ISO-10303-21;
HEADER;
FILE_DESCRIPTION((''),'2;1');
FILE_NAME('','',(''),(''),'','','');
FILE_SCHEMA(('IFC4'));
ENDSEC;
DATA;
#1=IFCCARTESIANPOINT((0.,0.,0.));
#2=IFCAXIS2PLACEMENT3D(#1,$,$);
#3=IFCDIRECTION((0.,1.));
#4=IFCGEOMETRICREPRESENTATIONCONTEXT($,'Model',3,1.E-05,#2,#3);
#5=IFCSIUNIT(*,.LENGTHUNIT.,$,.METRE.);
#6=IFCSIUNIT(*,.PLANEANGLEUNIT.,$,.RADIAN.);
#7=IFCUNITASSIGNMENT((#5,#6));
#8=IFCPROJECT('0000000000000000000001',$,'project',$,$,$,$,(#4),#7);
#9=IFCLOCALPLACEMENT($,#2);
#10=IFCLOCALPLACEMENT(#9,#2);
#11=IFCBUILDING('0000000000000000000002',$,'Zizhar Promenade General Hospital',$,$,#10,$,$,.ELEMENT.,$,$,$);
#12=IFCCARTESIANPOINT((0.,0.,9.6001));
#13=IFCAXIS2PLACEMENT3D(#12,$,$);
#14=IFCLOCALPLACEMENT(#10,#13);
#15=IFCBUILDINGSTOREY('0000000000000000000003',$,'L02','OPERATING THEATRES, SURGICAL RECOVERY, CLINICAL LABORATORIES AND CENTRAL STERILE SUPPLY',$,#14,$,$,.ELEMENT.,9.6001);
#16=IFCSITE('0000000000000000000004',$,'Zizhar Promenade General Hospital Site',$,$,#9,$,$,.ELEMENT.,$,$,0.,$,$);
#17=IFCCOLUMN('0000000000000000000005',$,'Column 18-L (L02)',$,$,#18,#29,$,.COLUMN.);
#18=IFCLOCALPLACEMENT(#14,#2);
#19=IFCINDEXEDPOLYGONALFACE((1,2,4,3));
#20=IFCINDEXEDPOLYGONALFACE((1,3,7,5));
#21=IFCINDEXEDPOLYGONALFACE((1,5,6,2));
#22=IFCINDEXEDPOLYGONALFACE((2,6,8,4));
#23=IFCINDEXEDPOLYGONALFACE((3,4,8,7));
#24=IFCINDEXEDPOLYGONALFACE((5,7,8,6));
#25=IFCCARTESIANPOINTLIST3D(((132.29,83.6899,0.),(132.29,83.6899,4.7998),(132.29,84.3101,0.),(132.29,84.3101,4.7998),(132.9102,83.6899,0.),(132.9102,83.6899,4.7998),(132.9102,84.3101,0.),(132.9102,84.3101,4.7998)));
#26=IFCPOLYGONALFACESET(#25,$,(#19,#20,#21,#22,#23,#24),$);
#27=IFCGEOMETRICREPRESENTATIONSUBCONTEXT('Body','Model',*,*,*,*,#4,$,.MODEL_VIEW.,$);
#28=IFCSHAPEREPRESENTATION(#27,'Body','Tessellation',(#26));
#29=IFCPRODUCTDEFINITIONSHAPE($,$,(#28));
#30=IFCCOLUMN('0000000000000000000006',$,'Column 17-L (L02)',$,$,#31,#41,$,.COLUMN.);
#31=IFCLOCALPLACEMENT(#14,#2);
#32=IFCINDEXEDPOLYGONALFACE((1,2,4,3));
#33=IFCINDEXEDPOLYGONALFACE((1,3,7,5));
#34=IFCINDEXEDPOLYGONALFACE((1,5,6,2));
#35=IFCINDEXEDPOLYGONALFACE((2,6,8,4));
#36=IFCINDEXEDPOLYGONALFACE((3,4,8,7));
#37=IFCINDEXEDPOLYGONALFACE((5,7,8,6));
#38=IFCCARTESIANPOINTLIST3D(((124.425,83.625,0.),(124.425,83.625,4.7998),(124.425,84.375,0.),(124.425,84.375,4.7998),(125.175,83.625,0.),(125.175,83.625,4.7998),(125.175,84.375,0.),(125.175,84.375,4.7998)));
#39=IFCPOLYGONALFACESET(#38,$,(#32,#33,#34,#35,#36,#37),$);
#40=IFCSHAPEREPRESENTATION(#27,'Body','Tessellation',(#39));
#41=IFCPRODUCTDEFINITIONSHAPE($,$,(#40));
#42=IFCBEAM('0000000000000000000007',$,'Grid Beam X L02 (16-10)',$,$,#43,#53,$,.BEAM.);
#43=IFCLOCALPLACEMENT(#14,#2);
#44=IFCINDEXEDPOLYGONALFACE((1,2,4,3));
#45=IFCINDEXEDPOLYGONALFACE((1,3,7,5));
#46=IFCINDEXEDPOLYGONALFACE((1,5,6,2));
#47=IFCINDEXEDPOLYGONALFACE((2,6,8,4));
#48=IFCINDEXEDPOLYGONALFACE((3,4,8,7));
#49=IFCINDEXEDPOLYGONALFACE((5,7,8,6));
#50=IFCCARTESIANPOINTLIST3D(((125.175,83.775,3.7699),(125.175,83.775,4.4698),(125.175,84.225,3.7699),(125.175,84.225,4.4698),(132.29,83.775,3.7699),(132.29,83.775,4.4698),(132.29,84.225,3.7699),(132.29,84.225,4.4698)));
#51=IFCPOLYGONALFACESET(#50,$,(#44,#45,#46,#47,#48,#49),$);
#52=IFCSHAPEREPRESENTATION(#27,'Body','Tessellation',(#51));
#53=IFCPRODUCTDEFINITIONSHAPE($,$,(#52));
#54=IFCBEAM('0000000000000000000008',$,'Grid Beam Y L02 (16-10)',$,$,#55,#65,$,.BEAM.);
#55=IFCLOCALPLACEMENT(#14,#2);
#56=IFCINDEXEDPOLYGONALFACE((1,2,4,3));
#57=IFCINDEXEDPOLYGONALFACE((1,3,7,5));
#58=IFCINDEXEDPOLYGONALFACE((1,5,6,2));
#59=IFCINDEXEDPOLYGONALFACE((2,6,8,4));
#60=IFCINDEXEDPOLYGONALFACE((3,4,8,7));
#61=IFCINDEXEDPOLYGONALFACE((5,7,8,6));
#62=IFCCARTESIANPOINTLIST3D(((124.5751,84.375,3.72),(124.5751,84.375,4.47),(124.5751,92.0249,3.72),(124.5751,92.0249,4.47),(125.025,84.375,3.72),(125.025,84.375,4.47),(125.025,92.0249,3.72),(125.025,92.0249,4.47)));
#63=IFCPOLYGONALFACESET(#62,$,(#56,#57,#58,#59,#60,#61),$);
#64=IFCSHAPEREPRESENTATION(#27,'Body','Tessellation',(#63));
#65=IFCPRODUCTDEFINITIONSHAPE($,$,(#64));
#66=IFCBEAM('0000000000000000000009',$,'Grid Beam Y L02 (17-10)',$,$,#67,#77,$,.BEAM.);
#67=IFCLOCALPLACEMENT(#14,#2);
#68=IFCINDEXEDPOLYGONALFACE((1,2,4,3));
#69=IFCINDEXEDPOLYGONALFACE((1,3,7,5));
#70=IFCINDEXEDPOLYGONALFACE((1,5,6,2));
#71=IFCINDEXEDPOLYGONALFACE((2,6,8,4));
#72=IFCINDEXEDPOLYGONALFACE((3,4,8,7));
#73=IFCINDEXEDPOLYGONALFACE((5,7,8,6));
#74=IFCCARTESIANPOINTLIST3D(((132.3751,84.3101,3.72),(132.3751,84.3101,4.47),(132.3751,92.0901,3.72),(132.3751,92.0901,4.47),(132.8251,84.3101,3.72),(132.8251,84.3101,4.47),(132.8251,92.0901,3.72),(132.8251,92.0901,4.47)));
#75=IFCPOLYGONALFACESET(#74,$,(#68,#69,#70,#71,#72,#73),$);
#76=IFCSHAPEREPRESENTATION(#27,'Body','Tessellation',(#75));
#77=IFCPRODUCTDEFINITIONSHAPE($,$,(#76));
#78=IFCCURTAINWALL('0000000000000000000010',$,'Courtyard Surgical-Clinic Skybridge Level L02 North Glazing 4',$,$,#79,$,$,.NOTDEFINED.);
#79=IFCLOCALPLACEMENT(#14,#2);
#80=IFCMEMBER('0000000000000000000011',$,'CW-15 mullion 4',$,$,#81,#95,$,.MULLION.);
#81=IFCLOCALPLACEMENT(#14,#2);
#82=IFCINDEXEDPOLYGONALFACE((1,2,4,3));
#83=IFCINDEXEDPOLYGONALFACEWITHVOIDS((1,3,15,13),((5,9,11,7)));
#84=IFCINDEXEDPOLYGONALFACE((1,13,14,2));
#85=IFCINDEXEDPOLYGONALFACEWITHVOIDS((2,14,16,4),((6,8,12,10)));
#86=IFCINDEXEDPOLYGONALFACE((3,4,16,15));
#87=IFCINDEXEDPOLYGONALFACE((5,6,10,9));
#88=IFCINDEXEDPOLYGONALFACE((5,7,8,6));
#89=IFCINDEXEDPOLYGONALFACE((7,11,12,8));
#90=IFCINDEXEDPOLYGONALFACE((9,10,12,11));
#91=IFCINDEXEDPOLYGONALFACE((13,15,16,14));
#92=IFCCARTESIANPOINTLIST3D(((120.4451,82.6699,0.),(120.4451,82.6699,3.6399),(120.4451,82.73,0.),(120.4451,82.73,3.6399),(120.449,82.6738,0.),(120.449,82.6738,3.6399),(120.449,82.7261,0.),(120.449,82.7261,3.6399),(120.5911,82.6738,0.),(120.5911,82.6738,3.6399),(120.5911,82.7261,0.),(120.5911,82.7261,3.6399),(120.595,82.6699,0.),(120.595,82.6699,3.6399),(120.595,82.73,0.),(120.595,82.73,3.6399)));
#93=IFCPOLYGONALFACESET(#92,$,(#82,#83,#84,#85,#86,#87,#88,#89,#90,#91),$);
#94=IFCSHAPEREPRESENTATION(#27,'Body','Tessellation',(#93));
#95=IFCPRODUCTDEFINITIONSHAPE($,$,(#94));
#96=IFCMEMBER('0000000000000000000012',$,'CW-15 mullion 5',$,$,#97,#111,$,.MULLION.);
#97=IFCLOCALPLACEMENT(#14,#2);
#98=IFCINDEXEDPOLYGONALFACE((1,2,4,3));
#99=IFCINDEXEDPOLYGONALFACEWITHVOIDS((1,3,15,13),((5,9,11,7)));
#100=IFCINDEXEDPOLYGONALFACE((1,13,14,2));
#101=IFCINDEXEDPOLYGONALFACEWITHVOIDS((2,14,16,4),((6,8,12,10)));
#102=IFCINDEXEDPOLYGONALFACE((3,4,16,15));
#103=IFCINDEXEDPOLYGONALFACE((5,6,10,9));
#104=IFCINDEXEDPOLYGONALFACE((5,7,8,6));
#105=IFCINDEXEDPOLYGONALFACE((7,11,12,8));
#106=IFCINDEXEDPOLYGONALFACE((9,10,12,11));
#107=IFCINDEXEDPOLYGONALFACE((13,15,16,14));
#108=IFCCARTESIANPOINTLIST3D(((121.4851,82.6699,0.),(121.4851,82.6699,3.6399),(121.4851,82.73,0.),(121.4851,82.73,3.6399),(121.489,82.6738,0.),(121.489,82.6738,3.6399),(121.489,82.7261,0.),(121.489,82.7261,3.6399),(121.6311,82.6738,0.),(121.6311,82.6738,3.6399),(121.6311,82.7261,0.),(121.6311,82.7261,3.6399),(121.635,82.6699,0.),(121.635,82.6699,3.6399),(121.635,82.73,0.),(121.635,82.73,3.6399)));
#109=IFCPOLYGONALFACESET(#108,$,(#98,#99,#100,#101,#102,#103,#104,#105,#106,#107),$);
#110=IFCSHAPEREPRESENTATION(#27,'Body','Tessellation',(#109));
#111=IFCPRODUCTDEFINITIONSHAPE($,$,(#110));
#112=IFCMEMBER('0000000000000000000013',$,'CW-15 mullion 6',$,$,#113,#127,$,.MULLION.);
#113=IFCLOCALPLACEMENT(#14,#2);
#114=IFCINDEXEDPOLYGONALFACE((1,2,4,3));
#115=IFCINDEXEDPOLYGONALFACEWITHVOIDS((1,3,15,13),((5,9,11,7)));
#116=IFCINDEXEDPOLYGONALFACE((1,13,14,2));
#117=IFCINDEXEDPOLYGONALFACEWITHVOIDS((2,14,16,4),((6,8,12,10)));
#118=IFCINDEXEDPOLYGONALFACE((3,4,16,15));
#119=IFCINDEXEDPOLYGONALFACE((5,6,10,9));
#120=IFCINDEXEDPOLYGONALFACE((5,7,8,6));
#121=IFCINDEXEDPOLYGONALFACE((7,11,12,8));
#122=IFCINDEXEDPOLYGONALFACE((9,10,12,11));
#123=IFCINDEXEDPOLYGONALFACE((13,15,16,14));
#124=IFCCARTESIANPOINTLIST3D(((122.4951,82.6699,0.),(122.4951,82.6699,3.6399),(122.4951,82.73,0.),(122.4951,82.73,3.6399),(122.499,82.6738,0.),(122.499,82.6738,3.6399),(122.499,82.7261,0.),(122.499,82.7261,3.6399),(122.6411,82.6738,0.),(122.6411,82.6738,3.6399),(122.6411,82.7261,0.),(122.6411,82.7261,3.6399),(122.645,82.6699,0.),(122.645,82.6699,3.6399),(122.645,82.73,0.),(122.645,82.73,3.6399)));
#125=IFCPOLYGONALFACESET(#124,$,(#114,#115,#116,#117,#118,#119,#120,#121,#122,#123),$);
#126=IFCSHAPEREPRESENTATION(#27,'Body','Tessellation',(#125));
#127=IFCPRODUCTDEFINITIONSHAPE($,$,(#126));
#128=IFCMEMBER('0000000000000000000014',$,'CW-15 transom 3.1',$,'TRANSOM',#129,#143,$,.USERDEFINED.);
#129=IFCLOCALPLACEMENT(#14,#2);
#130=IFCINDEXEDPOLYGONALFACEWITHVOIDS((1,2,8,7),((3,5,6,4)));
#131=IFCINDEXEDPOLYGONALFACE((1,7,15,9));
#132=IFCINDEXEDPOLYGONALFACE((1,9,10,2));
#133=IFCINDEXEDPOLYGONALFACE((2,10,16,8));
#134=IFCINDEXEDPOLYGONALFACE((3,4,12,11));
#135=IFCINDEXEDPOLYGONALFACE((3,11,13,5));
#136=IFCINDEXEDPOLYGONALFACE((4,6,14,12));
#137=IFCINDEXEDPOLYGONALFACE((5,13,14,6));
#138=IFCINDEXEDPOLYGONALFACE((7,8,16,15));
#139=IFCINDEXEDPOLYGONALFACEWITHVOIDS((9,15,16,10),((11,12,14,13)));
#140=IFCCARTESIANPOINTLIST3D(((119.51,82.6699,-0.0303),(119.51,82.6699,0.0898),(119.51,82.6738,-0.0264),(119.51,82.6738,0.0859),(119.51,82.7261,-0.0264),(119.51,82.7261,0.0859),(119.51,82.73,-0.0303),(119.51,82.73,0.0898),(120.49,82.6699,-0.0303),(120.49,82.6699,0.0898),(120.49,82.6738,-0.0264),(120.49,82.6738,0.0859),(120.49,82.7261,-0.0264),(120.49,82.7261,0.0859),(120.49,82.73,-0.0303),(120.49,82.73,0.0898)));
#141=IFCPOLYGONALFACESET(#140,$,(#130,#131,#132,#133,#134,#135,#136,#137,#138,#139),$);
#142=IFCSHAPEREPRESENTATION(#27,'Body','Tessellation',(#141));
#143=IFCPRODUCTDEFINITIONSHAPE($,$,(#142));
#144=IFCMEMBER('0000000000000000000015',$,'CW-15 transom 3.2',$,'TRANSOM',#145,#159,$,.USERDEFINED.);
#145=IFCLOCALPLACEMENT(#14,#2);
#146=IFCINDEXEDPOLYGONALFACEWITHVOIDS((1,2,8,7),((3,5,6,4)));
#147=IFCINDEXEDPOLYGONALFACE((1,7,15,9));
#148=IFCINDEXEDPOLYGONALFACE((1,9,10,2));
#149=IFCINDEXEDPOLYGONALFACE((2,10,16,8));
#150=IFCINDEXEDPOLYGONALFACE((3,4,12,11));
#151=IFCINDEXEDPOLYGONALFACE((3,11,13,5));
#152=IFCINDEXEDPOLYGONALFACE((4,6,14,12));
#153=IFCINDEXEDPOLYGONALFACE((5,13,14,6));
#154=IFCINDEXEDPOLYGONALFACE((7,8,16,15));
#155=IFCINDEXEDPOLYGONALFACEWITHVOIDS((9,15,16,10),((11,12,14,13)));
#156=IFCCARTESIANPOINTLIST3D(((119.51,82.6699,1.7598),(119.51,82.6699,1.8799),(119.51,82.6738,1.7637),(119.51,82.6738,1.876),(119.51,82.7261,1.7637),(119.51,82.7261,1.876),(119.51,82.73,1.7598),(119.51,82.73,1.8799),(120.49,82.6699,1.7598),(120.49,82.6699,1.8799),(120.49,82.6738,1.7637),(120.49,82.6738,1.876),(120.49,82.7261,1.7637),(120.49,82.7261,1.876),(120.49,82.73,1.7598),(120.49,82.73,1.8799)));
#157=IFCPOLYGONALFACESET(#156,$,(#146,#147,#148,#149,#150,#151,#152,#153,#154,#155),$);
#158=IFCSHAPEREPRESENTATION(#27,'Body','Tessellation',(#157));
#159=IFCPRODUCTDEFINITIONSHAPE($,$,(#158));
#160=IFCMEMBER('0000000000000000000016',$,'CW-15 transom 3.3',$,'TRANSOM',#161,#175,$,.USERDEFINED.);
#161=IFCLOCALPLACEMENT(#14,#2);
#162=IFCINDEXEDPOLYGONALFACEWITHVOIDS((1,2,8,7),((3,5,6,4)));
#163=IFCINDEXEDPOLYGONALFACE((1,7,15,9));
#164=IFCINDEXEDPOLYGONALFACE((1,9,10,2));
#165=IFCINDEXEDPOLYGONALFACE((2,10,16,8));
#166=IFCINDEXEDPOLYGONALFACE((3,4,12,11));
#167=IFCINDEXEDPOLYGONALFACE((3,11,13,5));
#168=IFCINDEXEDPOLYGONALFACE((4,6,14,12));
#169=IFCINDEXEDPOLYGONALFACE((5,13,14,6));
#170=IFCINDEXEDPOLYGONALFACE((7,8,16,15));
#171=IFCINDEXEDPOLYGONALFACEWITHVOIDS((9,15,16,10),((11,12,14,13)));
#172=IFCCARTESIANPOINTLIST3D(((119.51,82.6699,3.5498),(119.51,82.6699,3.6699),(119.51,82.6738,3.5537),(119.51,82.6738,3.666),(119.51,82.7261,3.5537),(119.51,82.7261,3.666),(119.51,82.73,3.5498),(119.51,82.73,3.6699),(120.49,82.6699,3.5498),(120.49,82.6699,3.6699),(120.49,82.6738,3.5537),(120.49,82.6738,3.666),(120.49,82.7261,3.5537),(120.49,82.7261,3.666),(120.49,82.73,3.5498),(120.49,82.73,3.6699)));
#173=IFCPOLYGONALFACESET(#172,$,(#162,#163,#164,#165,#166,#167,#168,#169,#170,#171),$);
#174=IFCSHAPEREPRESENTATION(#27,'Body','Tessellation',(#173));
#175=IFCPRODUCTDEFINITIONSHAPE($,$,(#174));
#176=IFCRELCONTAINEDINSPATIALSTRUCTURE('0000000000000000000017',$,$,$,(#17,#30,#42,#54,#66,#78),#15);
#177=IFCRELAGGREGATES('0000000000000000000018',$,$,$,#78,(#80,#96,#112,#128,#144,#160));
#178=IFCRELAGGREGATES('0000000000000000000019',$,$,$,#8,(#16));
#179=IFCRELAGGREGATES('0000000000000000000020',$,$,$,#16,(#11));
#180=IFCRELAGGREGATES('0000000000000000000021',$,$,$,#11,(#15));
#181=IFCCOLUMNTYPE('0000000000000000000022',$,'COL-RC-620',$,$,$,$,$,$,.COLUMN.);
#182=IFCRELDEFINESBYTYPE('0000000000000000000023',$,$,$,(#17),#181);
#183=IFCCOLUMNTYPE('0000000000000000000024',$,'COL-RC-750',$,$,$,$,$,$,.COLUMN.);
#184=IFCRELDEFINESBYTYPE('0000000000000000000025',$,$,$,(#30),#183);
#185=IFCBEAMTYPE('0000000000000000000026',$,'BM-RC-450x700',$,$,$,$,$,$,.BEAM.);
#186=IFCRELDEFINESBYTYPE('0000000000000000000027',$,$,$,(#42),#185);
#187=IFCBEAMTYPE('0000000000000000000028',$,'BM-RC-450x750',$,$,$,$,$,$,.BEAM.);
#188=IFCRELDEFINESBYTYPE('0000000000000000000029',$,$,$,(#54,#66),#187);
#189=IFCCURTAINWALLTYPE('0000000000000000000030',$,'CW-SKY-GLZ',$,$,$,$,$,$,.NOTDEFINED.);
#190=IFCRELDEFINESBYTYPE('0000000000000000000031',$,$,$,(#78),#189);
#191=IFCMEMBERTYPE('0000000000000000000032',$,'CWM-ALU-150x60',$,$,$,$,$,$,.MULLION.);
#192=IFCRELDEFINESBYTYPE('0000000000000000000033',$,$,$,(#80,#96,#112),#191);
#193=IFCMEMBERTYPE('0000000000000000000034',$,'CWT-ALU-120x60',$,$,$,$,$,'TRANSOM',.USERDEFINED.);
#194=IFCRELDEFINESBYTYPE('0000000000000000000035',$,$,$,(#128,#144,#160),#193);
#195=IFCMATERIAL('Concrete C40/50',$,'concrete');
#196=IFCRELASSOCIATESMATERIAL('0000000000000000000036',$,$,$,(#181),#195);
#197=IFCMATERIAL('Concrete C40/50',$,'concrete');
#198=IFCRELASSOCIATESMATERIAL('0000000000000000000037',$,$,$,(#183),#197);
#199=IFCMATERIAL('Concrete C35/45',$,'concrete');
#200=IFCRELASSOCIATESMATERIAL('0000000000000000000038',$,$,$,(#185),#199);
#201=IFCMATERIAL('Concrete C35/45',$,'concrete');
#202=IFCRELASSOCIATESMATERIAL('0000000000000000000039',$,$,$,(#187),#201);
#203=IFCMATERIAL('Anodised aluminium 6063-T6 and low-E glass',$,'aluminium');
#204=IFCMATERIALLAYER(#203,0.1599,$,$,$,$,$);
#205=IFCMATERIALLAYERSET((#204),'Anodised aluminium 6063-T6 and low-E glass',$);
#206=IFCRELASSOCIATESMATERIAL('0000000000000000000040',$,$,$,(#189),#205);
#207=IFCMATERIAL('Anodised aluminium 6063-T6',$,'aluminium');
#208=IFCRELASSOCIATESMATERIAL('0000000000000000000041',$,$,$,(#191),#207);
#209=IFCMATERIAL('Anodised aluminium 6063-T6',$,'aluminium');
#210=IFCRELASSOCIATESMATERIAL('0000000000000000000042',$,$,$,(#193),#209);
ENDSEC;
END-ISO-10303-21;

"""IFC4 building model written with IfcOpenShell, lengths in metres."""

from ifc_helpers import new_model, si_unit, direction, frame, origin, origin_2d, place, context, subcontext, project, spatial, rectangle, hollow_rectangle, extrude, material, layer, layer_set, material_profile, profile_set, type_object, element, aggregate, save


model = new_model("IFC4")

# Units and contexts
model_context = context("Model", 3, precision=1e-05, world=origin(), true_north=direction((0.0, 1.0)))
body_context = subcontext(model_context, "Body", "Model", "MODEL_VIEW")
ifc_project = project(units=[si_unit("LENGTHUNIT", "METRE"), si_unit("PLANEANGLEUNIT", "RADIAN")], contexts=[model_context])

# Site, building, storey
site_placement = place(None, origin())
site = spatial("IfcSite", under=ifc_project, at=site_placement, Name="Zizhar Promenade General Hospital Site", CompositionType="ELEMENT", RefElevation=0.0)
building_placement = place(site_placement, origin())
building = spatial("IfcBuilding", under=site, at=building_placement, Name="Zizhar Promenade General Hospital", CompositionType="ELEMENT")
storey_placement = place(building_placement, frame((0.0, 0.0, 9.6001)))
storey = spatial("IfcBuildingStorey", under=building, at=storey_placement, Name="L02", Description="OPERATING THEATRES, SURGICAL RECOVERY, CLINICAL LABORATORIES AND CENTRAL STERILE SUPPLY", CompositionType="ELEMENT", Elevation=9.6001)

# Columns
ifc_material_1 = material(Name="Concrete C40/50", Category="concrete")
ifc_material_profile_1 = material_profile(ifc_material_1, rectangle(XDim=0.6201, YDim=0.6201, at=origin_2d()))
ifc_profile_set_1 = profile_set([ifc_material_profile_1], Name="Concrete C40/50")
column_type_1 = type_object("IfcColumnType", Name="COL-RC-620", PredefinedType="COLUMN", material=ifc_profile_set_1)
column_1_placement = place(storey_placement, frame((132.6001, 84.0, 0.0), z_axis=(0.0, 0.0, 1.0), x_axis=(1.0, 0.0, 0.0)))
element("IfcColumn", 1, at=column_1_placement, inside=storey, type_object=column_type_1, Name="Column 18-L (L02)", PredefinedType="COLUMN", context=body_context, shape_type="SweptSolid", body=[
    extrude(rectangle(XDim=0.6201, YDim=0.6201, at=origin_2d()), origin(), (0.0, 0.0, 1.0), 4.7998),
])
ifc_material_2 = material(Name="Concrete C40/50", Category="concrete")
ifc_material_profile_2 = material_profile(ifc_material_2, rectangle(XDim=0.75, YDim=0.75, at=origin_2d()))
ifc_profile_set_2 = profile_set([ifc_material_profile_2], Name="Concrete C40/50")
column_type_2 = type_object("IfcColumnType", Name="COL-RC-750", PredefinedType="COLUMN", material=ifc_profile_set_2)
column_2_placement = place(storey_placement, frame((124.8, 84.0, 0.0), z_axis=(0.0, 0.0, 1.0), x_axis=(1.0, 0.0, 0.0)))
element("IfcColumn", 2, at=column_2_placement, inside=storey, type_object=column_type_2, Name="Column 17-L (L02)", PredefinedType="COLUMN", context=body_context, shape_type="SweptSolid", body=[
    extrude(rectangle(XDim=0.75, YDim=0.75, at=origin_2d()), origin(), (0.0, 0.0, 1.0), 4.7998),
])

# Beams
ifc_material_3 = material(Name="Concrete C35/45", Category="concrete")
ifc_material_profile_3 = material_profile(ifc_material_3, rectangle(XDim=0.45, YDim=0.7, at=origin_2d()))
ifc_profile_set_3 = profile_set([ifc_material_profile_3], Name="Concrete C35/45")
beam_type_1 = type_object("IfcBeamType", Name="BM-RC-450x700", PredefinedType="BEAM", material=ifc_profile_set_3)
beam_1_placement = place(storey_placement, frame((125.175, 84.0, 4.1199), z_axis=(1.0, 0.0, 0.0), x_axis=(0.0, 1.0, 0.0)))
element("IfcBeam", 3, at=beam_1_placement, inside=storey, type_object=beam_type_1, Name="Grid Beam X L02 (16-10)", PredefinedType="BEAM", context=body_context, shape_type="SweptSolid", body=[
    extrude(rectangle(XDim=0.45, YDim=0.7, at=origin_2d()), origin(), (0.0, 0.0, 1.0), 7.115),
])
ifc_material_4 = material(Name="Concrete C35/45", Category="concrete")
ifc_material_profile_4 = material_profile(ifc_material_4, rectangle(XDim=0.45, YDim=0.75, at=origin_2d()))
ifc_profile_set_4 = profile_set([ifc_material_profile_4], Name="Concrete C35/45")
beam_type_2 = type_object("IfcBeamType", Name="BM-RC-450x750", PredefinedType="BEAM", material=ifc_profile_set_4)
beam_2_placement = place(storey_placement, frame((124.8, 84.375, 4.095), z_axis=(0.0, 1.0, 0.0), x_axis=(-1.0, 0.0, 0.0)))
element("IfcBeam", 4, at=beam_2_placement, inside=storey, type_object=beam_type_2, Name="Grid Beam Y L02 (16-10)", PredefinedType="BEAM", context=body_context, shape_type="SweptSolid", body=[
    extrude(rectangle(XDim=0.45, YDim=0.75, at=origin_2d()), origin(), (0.0, 0.0, 1.0), 7.6499),
])
beam_3_placement = place(storey_placement, frame((132.6001, 84.3101, 4.095), z_axis=(0.0, 1.0, 0.0), x_axis=(-1.0, 0.0, 0.0)))
element("IfcBeam", 5, at=beam_3_placement, inside=storey, type_object=beam_type_2, Name="Grid Beam Y L02 (17-10)", PredefinedType="BEAM", context=body_context, shape_type="SweptSolid", body=[
    extrude(rectangle(XDim=0.45, YDim=0.75, at=origin_2d()), origin(), (0.0, 0.0, 1.0), 7.78),
])

# Curtain wall, members
ifc_material_5 = material(Name="Anodised aluminium 6063-T6 and low-E glass", Category="aluminium")
ifc_layer_1 = layer(ifc_material_5, 0.1599)
ifc_layer_set_1 = layer_set([ifc_layer_1], Name="Anodised aluminium 6063-T6 and low-E glass")
curtain_wall_type = type_object("IfcCurtainWallType", Name="CW-SKY-GLZ", PredefinedType="NOTDEFINED", material=ifc_layer_set_1)
curtain_wall_placement = place(storey_placement, origin())
curtain_wall = element("IfcCurtainWall", 6, at=curtain_wall_placement, inside=storey, type_object=curtain_wall_type, Name="Courtyard Surgical-Clinic Skybridge Level L02 North Glazing 4", PredefinedType="NOTDEFINED")
ifc_material_6 = material(Name="Anodised aluminium 6063-T6", Category="aluminium")
ifc_material_profile_5 = material_profile(ifc_material_6, hollow_rectangle(XDim=0.0601, YDim=0.1499, WallThickness=0.0039, at=origin_2d()))
ifc_profile_set_5 = profile_set([ifc_material_profile_5], Name="Anodised aluminium 6063-T6")
member_type_1 = type_object("IfcMemberType", Name="CWM-ALU-150x60", PredefinedType="MULLION", material=ifc_profile_set_5)
member_1_placement = place(storey_placement, frame((120.52, 82.7, 0.0), z_axis=(0.0, 0.0, 1.0), x_axis=(0.0, 1.0, 0.0)))
member_1 = element("IfcMember", 7, at=member_1_placement, type_object=member_type_1, Name="CW-15 mullion 4", PredefinedType="MULLION", context=body_context, shape_type="SweptSolid", body=[
    extrude(hollow_rectangle(XDim=0.0601, YDim=0.1499, WallThickness=0.0039, at=origin_2d()), origin(), (0.0, 0.0, 1.0), 3.6399),
])
member_2_placement = place(storey_placement, frame((121.5601, 82.7, 0.0), z_axis=(0.0, 0.0, 1.0), x_axis=(0.0, 1.0, 0.0)))
member_2 = element("IfcMember", 8, at=member_2_placement, type_object=member_type_1, Name="CW-15 mullion 5", PredefinedType="MULLION", context=body_context, shape_type="SweptSolid", body=[
    extrude(hollow_rectangle(XDim=0.0601, YDim=0.1499, WallThickness=0.0039, at=origin_2d()), origin(), (0.0, 0.0, 1.0), 3.6399),
])
member_3_placement = place(storey_placement, frame((122.5701, 82.7, 0.0), z_axis=(0.0, 0.0, 1.0), x_axis=(0.0, 1.0, 0.0)))
member_3 = element("IfcMember", 9, at=member_3_placement, type_object=member_type_1, Name="CW-15 mullion 6", PredefinedType="MULLION", context=body_context, shape_type="SweptSolid", body=[
    extrude(hollow_rectangle(XDim=0.0601, YDim=0.1499, WallThickness=0.0039, at=origin_2d()), origin(), (0.0, 0.0, 1.0), 3.6399),
])
ifc_material_7 = material(Name="Anodised aluminium 6063-T6", Category="aluminium")
ifc_material_profile_6 = material_profile(ifc_material_7, hollow_rectangle(XDim=0.0601, YDim=0.1201, WallThickness=0.0039, at=origin_2d()))
ifc_profile_set_6 = profile_set([ifc_material_profile_6], Name="Anodised aluminium 6063-T6")
member_type_2 = type_object("IfcMemberType", Name="CWT-ALU-120x60", ElementType="TRANSOM", PredefinedType="USERDEFINED", material=ifc_profile_set_6)
member_4_placement = place(storey_placement, frame((119.51, 82.7, 0.0298), z_axis=(1.0, 0.0, 0.0), x_axis=(0.0, 1.0, 0.0)))
member_4 = element("IfcMember", 10, at=member_4_placement, type_object=member_type_2, Name="CW-15 transom 3.1", ObjectType="TRANSOM", PredefinedType="USERDEFINED", context=body_context, shape_type="SweptSolid", body=[
    extrude(hollow_rectangle(XDim=0.0601, YDim=0.1201, WallThickness=0.0039, at=origin_2d()), origin(), (0.0, 0.0, 1.0), 0.98),
])
member_5_placement = place(storey_placement, frame((119.51, 82.7, 1.8198), z_axis=(1.0, 0.0, 0.0), x_axis=(0.0, 1.0, 0.0)))
member_5 = element("IfcMember", 11, at=member_5_placement, type_object=member_type_2, Name="CW-15 transom 3.2", ObjectType="TRANSOM", PredefinedType="USERDEFINED", context=body_context, shape_type="SweptSolid", body=[
    extrude(hollow_rectangle(XDim=0.0601, YDim=0.1201, WallThickness=0.0039, at=origin_2d()), origin(), (0.0, 0.0, 1.0), 0.98),
])
member_6_placement = place(storey_placement, frame((119.51, 82.7, 3.6099), z_axis=(1.0, 0.0, 0.0), x_axis=(0.0, 1.0, 0.0)))
member_6 = element("IfcMember", 12, at=member_6_placement, type_object=member_type_2, Name="CW-15 transom 3.3", ObjectType="TRANSOM", PredefinedType="USERDEFINED", context=body_context, shape_type="SweptSolid", body=[
    extrude(hollow_rectangle(XDim=0.0601, YDim=0.1201, WallThickness=0.0039, at=origin_2d()), origin(), (0.0, 0.0, 1.0), 0.98),
])
aggregate(curtain_wall, [member_1, member_2, member_3, member_4, member_5, member_6])

save(model, "model.ifc")
